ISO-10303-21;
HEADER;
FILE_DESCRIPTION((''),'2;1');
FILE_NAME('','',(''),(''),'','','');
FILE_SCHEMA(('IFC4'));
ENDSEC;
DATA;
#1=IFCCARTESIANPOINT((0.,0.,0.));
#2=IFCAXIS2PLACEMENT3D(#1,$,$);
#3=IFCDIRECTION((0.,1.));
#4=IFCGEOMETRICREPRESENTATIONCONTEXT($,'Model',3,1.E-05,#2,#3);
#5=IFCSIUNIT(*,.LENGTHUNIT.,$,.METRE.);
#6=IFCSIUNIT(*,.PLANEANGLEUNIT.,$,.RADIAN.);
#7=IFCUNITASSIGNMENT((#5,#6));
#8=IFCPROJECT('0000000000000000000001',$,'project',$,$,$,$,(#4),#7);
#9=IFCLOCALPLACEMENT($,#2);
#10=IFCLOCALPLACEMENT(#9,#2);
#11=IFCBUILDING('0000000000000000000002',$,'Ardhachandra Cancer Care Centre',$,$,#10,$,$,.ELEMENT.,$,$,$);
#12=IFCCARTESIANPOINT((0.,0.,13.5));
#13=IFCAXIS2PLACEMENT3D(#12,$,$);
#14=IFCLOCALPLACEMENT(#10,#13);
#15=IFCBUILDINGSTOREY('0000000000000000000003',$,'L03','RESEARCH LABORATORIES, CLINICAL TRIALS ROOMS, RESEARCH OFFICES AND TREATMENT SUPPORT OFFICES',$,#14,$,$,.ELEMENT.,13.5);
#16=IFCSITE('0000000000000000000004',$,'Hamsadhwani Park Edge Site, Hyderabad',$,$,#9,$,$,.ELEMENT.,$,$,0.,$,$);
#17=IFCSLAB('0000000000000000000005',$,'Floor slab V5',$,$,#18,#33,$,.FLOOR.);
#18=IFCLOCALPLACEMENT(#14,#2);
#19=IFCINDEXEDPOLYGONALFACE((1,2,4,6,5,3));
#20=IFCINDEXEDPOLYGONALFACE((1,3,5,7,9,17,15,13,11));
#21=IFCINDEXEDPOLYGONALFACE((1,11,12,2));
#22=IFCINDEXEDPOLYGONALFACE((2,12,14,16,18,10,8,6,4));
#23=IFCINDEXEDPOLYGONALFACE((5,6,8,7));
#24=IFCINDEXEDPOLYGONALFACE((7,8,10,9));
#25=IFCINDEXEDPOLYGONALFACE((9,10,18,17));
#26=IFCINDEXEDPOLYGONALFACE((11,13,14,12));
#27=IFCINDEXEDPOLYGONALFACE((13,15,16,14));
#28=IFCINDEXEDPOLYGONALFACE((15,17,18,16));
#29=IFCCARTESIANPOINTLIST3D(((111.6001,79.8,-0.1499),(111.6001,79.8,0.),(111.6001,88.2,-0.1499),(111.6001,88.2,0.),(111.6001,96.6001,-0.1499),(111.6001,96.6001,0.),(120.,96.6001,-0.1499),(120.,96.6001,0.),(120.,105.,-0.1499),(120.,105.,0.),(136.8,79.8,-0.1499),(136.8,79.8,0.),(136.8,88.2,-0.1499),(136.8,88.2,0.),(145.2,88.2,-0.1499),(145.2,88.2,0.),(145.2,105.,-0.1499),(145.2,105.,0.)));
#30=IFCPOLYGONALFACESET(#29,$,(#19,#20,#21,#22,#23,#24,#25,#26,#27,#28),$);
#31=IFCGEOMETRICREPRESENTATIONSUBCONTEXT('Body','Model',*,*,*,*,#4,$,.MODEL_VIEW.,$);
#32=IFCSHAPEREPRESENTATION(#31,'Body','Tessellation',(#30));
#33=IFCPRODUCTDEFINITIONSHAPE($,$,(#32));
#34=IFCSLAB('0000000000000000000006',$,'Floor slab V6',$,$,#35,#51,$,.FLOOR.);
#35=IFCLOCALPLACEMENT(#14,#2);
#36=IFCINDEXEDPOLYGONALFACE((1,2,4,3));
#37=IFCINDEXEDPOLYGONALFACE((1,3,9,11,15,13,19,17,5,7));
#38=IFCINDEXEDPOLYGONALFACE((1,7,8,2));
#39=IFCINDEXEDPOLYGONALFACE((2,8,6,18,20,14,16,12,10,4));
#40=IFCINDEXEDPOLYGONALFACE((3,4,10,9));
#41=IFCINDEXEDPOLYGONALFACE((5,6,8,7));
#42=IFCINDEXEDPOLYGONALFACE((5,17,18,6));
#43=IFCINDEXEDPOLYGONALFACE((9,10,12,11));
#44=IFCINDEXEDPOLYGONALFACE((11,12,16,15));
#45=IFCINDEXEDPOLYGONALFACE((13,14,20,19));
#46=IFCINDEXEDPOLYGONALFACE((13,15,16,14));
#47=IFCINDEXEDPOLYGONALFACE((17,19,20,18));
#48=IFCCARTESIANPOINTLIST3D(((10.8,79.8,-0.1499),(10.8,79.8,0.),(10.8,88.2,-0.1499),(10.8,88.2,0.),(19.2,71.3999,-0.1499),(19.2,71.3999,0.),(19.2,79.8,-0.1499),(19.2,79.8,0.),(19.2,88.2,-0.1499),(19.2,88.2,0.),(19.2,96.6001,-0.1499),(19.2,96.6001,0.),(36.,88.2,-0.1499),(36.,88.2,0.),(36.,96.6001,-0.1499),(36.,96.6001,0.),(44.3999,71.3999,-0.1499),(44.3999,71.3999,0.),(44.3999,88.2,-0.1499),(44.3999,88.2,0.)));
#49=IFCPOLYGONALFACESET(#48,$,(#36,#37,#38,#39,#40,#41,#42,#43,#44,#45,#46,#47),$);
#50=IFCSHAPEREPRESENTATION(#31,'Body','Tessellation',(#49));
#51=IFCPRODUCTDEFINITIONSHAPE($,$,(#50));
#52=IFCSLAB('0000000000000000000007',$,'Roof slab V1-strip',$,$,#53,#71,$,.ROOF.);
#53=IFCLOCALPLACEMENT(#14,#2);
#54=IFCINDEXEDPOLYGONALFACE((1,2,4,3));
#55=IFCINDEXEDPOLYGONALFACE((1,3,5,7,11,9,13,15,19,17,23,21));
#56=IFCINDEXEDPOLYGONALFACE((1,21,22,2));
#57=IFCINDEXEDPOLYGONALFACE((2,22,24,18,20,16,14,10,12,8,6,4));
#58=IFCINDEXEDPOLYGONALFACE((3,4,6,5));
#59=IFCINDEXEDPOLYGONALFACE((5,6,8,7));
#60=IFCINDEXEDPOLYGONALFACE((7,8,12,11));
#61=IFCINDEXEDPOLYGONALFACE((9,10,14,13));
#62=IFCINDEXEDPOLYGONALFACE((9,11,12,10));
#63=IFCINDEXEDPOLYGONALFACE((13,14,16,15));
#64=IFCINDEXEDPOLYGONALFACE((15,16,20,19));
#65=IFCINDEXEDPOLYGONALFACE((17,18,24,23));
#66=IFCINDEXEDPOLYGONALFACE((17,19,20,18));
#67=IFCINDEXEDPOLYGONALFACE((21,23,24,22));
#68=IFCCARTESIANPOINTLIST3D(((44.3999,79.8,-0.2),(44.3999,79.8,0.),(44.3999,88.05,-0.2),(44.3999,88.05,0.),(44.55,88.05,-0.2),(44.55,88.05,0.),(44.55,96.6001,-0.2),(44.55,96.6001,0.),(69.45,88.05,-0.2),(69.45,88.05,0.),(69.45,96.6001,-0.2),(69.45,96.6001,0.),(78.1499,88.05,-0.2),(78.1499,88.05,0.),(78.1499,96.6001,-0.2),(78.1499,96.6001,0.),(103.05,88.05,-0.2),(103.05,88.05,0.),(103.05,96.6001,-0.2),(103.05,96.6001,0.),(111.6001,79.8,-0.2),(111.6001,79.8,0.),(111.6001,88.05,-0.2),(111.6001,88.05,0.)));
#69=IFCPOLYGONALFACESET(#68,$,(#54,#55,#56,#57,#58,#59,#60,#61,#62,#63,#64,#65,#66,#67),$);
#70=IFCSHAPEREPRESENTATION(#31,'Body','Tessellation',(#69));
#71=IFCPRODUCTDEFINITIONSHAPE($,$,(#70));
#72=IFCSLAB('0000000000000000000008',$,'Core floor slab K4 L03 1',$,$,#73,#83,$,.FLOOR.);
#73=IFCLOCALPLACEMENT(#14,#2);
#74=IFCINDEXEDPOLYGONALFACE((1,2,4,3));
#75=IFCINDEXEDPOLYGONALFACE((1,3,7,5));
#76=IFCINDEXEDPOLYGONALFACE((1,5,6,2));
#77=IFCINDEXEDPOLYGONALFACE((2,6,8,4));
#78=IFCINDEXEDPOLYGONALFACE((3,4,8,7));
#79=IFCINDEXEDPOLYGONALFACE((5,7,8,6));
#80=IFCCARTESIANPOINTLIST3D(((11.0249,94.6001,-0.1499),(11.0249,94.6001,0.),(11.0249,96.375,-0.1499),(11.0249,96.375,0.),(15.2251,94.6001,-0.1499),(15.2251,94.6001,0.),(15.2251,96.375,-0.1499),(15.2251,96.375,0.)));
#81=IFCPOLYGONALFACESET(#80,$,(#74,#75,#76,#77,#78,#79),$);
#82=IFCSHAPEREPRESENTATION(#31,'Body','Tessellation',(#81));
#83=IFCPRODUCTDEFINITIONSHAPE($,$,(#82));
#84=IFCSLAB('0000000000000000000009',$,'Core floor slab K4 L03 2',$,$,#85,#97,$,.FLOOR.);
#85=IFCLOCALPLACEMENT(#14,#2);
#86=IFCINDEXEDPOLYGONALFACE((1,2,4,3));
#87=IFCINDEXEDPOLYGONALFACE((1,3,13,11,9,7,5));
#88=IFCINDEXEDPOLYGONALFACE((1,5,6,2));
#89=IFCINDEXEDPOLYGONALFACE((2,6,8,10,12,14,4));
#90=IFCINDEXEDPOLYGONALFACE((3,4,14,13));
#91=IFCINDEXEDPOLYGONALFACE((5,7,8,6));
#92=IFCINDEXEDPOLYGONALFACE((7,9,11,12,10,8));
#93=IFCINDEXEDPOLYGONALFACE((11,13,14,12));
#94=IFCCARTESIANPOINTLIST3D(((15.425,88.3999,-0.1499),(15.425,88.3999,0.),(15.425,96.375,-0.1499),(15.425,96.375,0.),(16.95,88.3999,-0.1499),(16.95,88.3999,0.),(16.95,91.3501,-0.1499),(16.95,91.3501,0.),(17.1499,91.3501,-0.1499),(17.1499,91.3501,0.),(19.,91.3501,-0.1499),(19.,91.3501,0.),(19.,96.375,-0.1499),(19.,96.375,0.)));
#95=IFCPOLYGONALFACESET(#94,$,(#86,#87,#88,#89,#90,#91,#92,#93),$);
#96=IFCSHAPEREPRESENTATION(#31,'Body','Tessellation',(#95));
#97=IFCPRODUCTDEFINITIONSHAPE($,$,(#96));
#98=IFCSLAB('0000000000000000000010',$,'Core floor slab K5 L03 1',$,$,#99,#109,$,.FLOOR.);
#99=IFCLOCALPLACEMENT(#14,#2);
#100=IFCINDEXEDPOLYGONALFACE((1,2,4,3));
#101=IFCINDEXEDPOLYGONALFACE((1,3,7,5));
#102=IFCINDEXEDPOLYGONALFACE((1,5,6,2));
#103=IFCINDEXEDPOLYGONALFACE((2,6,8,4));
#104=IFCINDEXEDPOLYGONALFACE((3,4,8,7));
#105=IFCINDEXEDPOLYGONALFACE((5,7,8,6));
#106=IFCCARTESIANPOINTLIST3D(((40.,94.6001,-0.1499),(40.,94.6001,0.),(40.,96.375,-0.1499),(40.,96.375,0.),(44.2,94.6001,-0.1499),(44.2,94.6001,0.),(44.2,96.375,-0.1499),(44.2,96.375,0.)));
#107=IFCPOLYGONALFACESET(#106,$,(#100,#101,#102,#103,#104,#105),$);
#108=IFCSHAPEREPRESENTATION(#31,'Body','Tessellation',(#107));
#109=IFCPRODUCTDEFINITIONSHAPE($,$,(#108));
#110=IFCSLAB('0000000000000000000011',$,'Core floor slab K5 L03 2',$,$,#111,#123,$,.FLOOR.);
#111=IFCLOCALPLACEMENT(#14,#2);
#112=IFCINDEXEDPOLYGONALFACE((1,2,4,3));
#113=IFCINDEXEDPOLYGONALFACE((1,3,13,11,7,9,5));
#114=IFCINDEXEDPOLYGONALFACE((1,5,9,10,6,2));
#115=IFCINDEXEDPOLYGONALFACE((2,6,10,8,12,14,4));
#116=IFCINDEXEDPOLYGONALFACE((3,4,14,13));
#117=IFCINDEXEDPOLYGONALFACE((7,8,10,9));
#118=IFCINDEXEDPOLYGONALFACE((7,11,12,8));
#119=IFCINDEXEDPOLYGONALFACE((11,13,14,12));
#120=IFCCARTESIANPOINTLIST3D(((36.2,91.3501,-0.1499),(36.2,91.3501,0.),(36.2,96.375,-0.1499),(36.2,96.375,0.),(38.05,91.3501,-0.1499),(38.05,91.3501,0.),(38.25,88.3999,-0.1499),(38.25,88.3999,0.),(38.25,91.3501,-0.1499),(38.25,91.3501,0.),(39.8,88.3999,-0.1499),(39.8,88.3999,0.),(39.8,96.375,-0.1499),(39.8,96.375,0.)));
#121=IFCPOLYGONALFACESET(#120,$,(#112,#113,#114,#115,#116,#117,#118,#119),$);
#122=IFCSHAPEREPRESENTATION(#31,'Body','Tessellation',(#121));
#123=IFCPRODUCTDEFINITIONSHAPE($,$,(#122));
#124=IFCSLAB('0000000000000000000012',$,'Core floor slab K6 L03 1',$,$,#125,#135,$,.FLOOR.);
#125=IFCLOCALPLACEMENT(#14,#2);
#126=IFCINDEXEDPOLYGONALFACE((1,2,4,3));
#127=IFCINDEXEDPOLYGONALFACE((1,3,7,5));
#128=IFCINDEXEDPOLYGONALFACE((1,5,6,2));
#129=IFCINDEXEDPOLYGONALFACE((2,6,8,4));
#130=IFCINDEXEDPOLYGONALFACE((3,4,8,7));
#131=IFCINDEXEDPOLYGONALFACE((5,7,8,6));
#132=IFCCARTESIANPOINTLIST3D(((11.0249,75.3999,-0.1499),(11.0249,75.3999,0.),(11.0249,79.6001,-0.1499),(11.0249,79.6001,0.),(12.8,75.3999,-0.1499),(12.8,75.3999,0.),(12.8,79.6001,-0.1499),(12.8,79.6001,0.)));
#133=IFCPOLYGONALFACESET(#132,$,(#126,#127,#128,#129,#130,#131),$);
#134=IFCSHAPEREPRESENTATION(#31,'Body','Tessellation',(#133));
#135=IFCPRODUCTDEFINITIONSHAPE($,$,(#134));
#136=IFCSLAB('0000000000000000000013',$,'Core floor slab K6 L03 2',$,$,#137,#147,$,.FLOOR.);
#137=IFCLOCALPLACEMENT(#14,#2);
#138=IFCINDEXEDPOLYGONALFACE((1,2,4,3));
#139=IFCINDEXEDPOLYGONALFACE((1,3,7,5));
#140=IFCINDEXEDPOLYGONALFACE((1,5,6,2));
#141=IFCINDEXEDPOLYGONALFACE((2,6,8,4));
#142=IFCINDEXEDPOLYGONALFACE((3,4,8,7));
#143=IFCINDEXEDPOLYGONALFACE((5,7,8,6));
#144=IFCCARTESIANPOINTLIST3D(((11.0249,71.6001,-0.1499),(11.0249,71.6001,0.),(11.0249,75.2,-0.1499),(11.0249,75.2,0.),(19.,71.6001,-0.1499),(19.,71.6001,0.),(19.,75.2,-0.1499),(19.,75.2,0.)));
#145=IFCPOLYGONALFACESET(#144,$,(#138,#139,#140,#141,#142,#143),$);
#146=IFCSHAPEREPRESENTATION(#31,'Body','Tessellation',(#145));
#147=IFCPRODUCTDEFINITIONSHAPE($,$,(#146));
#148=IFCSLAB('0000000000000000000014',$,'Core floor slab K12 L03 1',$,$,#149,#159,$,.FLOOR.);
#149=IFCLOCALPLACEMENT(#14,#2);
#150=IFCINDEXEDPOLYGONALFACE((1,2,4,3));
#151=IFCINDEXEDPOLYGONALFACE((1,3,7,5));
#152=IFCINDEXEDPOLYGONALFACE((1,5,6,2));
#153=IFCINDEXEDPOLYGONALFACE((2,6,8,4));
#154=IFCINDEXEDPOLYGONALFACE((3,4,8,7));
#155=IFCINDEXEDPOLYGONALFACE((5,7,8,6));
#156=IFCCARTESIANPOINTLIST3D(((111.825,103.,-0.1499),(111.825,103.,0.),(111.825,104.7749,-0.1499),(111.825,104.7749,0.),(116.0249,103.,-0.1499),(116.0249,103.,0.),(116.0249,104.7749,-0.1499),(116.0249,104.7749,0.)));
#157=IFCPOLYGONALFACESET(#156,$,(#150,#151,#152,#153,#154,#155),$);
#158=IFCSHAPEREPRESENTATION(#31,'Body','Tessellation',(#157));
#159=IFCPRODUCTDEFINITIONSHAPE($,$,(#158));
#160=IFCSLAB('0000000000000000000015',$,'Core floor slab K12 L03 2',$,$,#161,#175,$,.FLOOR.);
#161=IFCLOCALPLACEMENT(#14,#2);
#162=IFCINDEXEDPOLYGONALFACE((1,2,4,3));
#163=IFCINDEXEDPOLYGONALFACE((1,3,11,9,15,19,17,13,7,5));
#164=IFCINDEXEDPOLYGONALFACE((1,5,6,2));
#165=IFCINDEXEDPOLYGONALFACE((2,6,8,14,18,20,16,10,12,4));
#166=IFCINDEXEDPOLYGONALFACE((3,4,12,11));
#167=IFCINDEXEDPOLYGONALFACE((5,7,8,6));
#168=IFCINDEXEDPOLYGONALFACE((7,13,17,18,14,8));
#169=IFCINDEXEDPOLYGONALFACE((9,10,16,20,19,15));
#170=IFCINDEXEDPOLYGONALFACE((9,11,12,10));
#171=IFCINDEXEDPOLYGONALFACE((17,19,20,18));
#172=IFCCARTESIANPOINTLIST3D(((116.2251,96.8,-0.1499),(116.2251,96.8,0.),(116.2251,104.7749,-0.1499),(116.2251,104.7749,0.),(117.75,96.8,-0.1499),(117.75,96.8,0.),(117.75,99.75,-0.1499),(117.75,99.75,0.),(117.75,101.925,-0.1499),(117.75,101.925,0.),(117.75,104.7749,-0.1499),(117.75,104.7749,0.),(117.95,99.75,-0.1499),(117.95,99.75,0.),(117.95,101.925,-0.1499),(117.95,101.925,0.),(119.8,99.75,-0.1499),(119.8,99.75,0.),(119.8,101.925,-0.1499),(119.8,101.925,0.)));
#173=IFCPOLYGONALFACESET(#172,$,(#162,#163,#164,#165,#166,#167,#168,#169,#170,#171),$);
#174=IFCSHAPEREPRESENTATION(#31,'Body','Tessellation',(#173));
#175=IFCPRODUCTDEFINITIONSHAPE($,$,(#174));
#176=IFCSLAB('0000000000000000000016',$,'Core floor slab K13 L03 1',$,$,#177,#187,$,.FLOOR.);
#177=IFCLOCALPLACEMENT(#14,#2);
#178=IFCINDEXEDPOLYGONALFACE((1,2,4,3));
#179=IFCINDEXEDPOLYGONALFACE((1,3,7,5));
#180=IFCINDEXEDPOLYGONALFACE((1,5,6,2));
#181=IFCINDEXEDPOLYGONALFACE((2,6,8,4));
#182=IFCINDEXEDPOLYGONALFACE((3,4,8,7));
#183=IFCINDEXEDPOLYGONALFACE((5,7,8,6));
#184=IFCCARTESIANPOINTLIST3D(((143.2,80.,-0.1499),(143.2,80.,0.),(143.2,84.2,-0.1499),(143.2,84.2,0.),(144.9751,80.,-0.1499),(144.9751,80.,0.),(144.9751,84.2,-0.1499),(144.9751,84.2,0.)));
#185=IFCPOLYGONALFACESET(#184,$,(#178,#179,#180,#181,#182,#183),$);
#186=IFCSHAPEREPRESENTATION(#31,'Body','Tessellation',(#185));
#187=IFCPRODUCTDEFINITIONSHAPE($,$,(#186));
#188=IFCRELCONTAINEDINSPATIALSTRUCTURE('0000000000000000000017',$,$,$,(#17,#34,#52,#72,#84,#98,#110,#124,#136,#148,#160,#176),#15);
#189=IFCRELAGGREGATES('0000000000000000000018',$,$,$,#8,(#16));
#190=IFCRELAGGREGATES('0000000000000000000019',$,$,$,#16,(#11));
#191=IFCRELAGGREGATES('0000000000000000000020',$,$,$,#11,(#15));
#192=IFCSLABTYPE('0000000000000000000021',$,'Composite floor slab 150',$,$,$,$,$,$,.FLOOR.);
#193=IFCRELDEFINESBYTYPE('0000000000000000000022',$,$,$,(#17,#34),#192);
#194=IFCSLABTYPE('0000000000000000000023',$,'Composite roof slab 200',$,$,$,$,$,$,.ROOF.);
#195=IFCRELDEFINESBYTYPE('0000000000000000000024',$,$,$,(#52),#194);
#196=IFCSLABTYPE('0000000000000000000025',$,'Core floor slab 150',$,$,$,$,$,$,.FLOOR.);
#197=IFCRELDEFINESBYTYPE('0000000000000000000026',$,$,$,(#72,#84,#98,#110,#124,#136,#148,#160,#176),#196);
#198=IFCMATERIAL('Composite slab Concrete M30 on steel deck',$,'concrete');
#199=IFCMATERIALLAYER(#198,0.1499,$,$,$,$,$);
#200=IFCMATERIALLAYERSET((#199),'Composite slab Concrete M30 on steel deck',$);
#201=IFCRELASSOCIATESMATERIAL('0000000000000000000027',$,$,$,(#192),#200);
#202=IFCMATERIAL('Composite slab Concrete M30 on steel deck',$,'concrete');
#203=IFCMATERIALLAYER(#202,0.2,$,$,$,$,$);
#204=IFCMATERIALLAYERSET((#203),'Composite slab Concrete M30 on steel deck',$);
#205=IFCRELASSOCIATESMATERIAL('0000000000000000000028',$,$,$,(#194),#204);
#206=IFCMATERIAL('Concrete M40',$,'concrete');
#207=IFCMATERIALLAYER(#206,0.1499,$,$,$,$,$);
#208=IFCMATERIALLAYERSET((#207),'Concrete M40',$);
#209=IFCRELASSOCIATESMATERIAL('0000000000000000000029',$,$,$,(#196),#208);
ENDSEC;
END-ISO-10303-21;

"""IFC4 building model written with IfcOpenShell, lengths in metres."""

from ifc_helpers import new_model, si_unit, direction, frame, origin, place, context, subcontext, project, spatial, polyline, outline, extrude, material, layer, layer_set, type_object, element, save


model = new_model("IFC4")

# Units and contexts
model_context = context("Model", 3, precision=1e-05, world=origin(), true_north=direction((0.0, 1.0)))
body_context = subcontext(model_context, "Body", "Model", "MODEL_VIEW")
ifc_project = project(units=[si_unit("LENGTHUNIT", "METRE"), si_unit("PLANEANGLEUNIT", "RADIAN")], contexts=[model_context])

# Site, building, storey
site_placement = place(None, origin())
site = spatial("IfcSite", under=ifc_project, at=site_placement, Name="Hamsadhwani Park Edge Site, Hyderabad", CompositionType="ELEMENT", RefElevation=0.0)
building_placement = place(site_placement, origin())
building = spatial("IfcBuilding", under=site, at=building_placement, Name="Ardhachandra Cancer Care Centre", CompositionType="ELEMENT")
storey_placement = place(building_placement, frame((0.0, 0.0, 13.5)))
storey = spatial("IfcBuildingStorey", under=building, at=storey_placement, Name="L03", Description="RESEARCH LABORATORIES, CLINICAL TRIALS ROOMS, RESEARCH OFFICES AND TREATMENT SUPPORT OFFICES", CompositionType="ELEMENT", Elevation=13.5)

# Slabs
ifc_material_1 = material(Name="Composite slab Concrete M30 on steel deck", Category="concrete")
ifc_layer_1 = layer(ifc_material_1, 0.1499)
ifc_layer_set_1 = layer_set([ifc_layer_1], Name="Composite slab Concrete M30 on steel deck")
slab_type_1 = type_object("IfcSlabType", Name="Composite floor slab 150", PredefinedType="FLOOR", material=ifc_layer_set_1)
slab_1_placement = place(storey_placement, frame((0.0, 0.0, -0.1499)))
element("IfcSlab", 1, at=slab_1_placement, inside=storey, type_object=slab_type_1, Name="Floor slab V5", PredefinedType="FLOOR", context=body_context, shape_type="SweptSolid", body=[
    extrude(outline(polyline([(120.0, 105.0), (120.0, 96.6001), (111.6001, 96.6001), (111.6001, 88.2), (111.6001, 79.8), (136.8, 79.8), (136.8, 88.2), (145.2, 88.2), (145.2, 105.0), (120.0, 105.0)])), origin(), (0.0, 0.0, 1.0), 0.1499),
])
slab_2_placement = place(storey_placement, frame((0.0, 0.0, -0.1499)))
element("IfcSlab", 2, at=slab_2_placement, inside=storey, type_object=slab_type_1, Name="Floor slab V6", PredefinedType="FLOOR", context=body_context, shape_type="SweptSolid", body=[
    extrude(outline(polyline([(44.3999, 88.2), (36.0, 88.2), (36.0, 96.6001), (19.2, 96.6001), (19.2, 88.2), (10.8, 88.2), (10.8, 79.8), (19.2, 79.8), (19.2, 71.3999), (44.3999, 71.3999), (44.3999, 88.2)])), origin(), (0.0, 0.0, 1.0), 0.1499),
])
ifc_material_2 = material(Name="Composite slab Concrete M30 on steel deck", Category="concrete")
ifc_layer_2 = layer(ifc_material_2, 0.2)
ifc_layer_set_2 = layer_set([ifc_layer_2], Name="Composite slab Concrete M30 on steel deck")
slab_type_2 = type_object("IfcSlabType", Name="Composite roof slab 200", PredefinedType="ROOF", material=ifc_layer_set_2)
slab_3_placement = place(storey_placement, frame((0.0, 0.0, -0.2)))
element("IfcSlab", 3, at=slab_3_placement, inside=storey, type_object=slab_type_2, Name="Roof slab V1-strip", PredefinedType="ROOF", context=body_context, shape_type="SweptSolid", body=[
    extrude(outline(polyline([(111.6001, 88.05), (103.05, 88.05), (103.05, 96.6001), (78.1499, 96.6001), (78.1499, 88.05), (69.45, 88.05), (69.45, 96.6001), (44.55, 96.6001), (44.55, 88.05), (44.3999, 88.05), (44.3999, 79.8), (111.6001, 79.8), (111.6001, 88.05)])), origin(), (0.0, 0.0, 1.0), 0.2),
])
ifc_material_3 = material(Name="Concrete M40", Category="concrete")
ifc_layer_3 = layer(ifc_material_3, 0.1499)
ifc_layer_set_3 = layer_set([ifc_layer_3], Name="Concrete M40")
slab_type_3 = type_object("IfcSlabType", Name="Core floor slab 150", PredefinedType="FLOOR", material=ifc_layer_set_3)
slab_4_placement = place(storey_placement, frame((0.0, 0.0, -0.1499)))
element("IfcSlab", 4, at=slab_4_placement, inside=storey, type_object=slab_type_3, Name="Core floor slab K4 L03 1", PredefinedType="FLOOR", context=body_context, shape_type="SweptSolid", body=[
    extrude(outline(polyline([(11.0249, 96.375), (15.2251, 96.375), (15.2251, 94.6001), (11.0249, 94.6001), (11.0249, 96.375)])), origin(), (0.0, 0.0, 1.0), 0.1499),
])
slab_5_placement = place(storey_placement, frame((0.0, 0.0, -0.1499)))
element("IfcSlab", 5, at=slab_5_placement, inside=storey, type_object=slab_type_3, Name="Core floor slab K4 L03 2", PredefinedType="FLOOR", context=body_context, shape_type="SweptSolid", body=[
    extrude(outline(polyline([(19.0, 96.375), (19.0, 91.3501), (17.1499, 91.3501), (16.95, 91.3501), (16.95, 88.3999), (15.425, 88.3999), (15.425, 96.375), (19.0, 96.375)])), origin(), (0.0, 0.0, 1.0), 0.1499),
])
slab_6_placement = place(storey_placement, frame((0.0, 0.0, -0.1499)))
element("IfcSlab", 6, at=slab_6_placement, inside=storey, type_object=slab_type_3, Name="Core floor slab K5 L03 1", PredefinedType="FLOOR", context=body_context, shape_type="SweptSolid", body=[
    extrude(outline(polyline([(44.2, 96.375), (40.0, 96.375), (40.0, 94.6001), (44.2, 94.6001), (44.2, 96.375)])), origin(), (0.0, 0.0, 1.0), 0.1499),
])
slab_7_placement = place(storey_placement, frame((0.0, 0.0, -0.1499)))
element("IfcSlab", 7, at=slab_7_placement, inside=storey, type_object=slab_type_3, Name="Core floor slab K5 L03 2", PredefinedType="FLOOR", context=body_context, shape_type="SweptSolid", body=[
    extrude(outline(polyline([(36.2, 96.375), (36.2, 91.3501), (38.05, 91.3501), (38.25, 91.3501), (38.25, 88.3999), (39.8, 88.3999), (39.8, 96.375), (36.2, 96.375)])), origin(), (0.0, 0.0, 1.0), 0.1499),
])
slab_8_placement = place(storey_placement, frame((0.0, 0.0, -0.1499)))
element("IfcSlab", 8, at=slab_8_placement, inside=storey, type_object=slab_type_3, Name="Core floor slab K6 L03 1", PredefinedType="FLOOR", context=body_context, shape_type="SweptSolid", body=[
    extrude(outline(polyline([(11.0249, 79.6001), (11.0249, 75.3999), (12.8, 75.3999), (12.8, 79.6001), (11.0249, 79.6001)])), origin(), (0.0, 0.0, 1.0), 0.1499),
])
slab_9_placement = place(storey_placement, frame((0.0, 0.0, -0.1499)))
element("IfcSlab", 9, at=slab_9_placement, inside=storey, type_object=slab_type_3, Name="Core floor slab K6 L03 2", PredefinedType="FLOOR", context=body_context, shape_type="SweptSolid", body=[
    extrude(outline(polyline([(11.0249, 71.6001), (19.0, 71.6001), (19.0, 75.2), (11.0249, 75.2), (11.0249, 71.6001)])), origin(), (0.0, 0.0, 1.0), 0.1499),
])
slab_10_placement = place(storey_placement, frame((0.0, 0.0, -0.1499)))
element("IfcSlab", 10, at=slab_10_placement, inside=storey, type_object=slab_type_3, Name="Core floor slab K12 L03 1", PredefinedType="FLOOR", context=body_context, shape_type="SweptSolid", body=[
    extrude(outline(polyline([(111.825, 104.7749), (116.0249, 104.7749), (116.0249, 103.0), (111.825, 103.0), (111.825, 104.7749)])), origin(), (0.0, 0.0, 1.0), 0.1499),
])
slab_11_placement = place(storey_placement, frame((0.0, 0.0, -0.1499)))
element("IfcSlab", 11, at=slab_11_placement, inside=storey, type_object=slab_type_3, Name="Core floor slab K12 L03 2", PredefinedType="FLOOR", context=body_context, shape_type="SweptSolid", body=[
    extrude(outline(polyline([(119.8, 99.75), (117.95, 99.75), (117.75, 99.75), (117.75, 96.8), (116.2251, 96.8), (116.2251, 104.7749), (117.75, 104.7749), (117.75, 101.925), (117.95, 101.925), (119.8, 101.925), (119.8, 99.75)])), origin(), (0.0, 0.0, 1.0), 0.1499),
])
slab_12_placement = place(storey_placement, frame((0.0, 0.0, -0.1499)))
element("IfcSlab", 12, at=slab_12_placement, inside=storey, type_object=slab_type_3, Name="Core floor slab K13 L03 1", PredefinedType="FLOOR", context=body_context, shape_type="SweptSolid", body=[
    extrude(outline(polyline([(144.9751, 80.0), (144.9751, 84.2), (143.2, 84.2), (143.2, 80.0), (144.9751, 80.0)])), origin(), (0.0, 0.0, 1.0), 0.1499),
])

save(model, "model.ifc")
